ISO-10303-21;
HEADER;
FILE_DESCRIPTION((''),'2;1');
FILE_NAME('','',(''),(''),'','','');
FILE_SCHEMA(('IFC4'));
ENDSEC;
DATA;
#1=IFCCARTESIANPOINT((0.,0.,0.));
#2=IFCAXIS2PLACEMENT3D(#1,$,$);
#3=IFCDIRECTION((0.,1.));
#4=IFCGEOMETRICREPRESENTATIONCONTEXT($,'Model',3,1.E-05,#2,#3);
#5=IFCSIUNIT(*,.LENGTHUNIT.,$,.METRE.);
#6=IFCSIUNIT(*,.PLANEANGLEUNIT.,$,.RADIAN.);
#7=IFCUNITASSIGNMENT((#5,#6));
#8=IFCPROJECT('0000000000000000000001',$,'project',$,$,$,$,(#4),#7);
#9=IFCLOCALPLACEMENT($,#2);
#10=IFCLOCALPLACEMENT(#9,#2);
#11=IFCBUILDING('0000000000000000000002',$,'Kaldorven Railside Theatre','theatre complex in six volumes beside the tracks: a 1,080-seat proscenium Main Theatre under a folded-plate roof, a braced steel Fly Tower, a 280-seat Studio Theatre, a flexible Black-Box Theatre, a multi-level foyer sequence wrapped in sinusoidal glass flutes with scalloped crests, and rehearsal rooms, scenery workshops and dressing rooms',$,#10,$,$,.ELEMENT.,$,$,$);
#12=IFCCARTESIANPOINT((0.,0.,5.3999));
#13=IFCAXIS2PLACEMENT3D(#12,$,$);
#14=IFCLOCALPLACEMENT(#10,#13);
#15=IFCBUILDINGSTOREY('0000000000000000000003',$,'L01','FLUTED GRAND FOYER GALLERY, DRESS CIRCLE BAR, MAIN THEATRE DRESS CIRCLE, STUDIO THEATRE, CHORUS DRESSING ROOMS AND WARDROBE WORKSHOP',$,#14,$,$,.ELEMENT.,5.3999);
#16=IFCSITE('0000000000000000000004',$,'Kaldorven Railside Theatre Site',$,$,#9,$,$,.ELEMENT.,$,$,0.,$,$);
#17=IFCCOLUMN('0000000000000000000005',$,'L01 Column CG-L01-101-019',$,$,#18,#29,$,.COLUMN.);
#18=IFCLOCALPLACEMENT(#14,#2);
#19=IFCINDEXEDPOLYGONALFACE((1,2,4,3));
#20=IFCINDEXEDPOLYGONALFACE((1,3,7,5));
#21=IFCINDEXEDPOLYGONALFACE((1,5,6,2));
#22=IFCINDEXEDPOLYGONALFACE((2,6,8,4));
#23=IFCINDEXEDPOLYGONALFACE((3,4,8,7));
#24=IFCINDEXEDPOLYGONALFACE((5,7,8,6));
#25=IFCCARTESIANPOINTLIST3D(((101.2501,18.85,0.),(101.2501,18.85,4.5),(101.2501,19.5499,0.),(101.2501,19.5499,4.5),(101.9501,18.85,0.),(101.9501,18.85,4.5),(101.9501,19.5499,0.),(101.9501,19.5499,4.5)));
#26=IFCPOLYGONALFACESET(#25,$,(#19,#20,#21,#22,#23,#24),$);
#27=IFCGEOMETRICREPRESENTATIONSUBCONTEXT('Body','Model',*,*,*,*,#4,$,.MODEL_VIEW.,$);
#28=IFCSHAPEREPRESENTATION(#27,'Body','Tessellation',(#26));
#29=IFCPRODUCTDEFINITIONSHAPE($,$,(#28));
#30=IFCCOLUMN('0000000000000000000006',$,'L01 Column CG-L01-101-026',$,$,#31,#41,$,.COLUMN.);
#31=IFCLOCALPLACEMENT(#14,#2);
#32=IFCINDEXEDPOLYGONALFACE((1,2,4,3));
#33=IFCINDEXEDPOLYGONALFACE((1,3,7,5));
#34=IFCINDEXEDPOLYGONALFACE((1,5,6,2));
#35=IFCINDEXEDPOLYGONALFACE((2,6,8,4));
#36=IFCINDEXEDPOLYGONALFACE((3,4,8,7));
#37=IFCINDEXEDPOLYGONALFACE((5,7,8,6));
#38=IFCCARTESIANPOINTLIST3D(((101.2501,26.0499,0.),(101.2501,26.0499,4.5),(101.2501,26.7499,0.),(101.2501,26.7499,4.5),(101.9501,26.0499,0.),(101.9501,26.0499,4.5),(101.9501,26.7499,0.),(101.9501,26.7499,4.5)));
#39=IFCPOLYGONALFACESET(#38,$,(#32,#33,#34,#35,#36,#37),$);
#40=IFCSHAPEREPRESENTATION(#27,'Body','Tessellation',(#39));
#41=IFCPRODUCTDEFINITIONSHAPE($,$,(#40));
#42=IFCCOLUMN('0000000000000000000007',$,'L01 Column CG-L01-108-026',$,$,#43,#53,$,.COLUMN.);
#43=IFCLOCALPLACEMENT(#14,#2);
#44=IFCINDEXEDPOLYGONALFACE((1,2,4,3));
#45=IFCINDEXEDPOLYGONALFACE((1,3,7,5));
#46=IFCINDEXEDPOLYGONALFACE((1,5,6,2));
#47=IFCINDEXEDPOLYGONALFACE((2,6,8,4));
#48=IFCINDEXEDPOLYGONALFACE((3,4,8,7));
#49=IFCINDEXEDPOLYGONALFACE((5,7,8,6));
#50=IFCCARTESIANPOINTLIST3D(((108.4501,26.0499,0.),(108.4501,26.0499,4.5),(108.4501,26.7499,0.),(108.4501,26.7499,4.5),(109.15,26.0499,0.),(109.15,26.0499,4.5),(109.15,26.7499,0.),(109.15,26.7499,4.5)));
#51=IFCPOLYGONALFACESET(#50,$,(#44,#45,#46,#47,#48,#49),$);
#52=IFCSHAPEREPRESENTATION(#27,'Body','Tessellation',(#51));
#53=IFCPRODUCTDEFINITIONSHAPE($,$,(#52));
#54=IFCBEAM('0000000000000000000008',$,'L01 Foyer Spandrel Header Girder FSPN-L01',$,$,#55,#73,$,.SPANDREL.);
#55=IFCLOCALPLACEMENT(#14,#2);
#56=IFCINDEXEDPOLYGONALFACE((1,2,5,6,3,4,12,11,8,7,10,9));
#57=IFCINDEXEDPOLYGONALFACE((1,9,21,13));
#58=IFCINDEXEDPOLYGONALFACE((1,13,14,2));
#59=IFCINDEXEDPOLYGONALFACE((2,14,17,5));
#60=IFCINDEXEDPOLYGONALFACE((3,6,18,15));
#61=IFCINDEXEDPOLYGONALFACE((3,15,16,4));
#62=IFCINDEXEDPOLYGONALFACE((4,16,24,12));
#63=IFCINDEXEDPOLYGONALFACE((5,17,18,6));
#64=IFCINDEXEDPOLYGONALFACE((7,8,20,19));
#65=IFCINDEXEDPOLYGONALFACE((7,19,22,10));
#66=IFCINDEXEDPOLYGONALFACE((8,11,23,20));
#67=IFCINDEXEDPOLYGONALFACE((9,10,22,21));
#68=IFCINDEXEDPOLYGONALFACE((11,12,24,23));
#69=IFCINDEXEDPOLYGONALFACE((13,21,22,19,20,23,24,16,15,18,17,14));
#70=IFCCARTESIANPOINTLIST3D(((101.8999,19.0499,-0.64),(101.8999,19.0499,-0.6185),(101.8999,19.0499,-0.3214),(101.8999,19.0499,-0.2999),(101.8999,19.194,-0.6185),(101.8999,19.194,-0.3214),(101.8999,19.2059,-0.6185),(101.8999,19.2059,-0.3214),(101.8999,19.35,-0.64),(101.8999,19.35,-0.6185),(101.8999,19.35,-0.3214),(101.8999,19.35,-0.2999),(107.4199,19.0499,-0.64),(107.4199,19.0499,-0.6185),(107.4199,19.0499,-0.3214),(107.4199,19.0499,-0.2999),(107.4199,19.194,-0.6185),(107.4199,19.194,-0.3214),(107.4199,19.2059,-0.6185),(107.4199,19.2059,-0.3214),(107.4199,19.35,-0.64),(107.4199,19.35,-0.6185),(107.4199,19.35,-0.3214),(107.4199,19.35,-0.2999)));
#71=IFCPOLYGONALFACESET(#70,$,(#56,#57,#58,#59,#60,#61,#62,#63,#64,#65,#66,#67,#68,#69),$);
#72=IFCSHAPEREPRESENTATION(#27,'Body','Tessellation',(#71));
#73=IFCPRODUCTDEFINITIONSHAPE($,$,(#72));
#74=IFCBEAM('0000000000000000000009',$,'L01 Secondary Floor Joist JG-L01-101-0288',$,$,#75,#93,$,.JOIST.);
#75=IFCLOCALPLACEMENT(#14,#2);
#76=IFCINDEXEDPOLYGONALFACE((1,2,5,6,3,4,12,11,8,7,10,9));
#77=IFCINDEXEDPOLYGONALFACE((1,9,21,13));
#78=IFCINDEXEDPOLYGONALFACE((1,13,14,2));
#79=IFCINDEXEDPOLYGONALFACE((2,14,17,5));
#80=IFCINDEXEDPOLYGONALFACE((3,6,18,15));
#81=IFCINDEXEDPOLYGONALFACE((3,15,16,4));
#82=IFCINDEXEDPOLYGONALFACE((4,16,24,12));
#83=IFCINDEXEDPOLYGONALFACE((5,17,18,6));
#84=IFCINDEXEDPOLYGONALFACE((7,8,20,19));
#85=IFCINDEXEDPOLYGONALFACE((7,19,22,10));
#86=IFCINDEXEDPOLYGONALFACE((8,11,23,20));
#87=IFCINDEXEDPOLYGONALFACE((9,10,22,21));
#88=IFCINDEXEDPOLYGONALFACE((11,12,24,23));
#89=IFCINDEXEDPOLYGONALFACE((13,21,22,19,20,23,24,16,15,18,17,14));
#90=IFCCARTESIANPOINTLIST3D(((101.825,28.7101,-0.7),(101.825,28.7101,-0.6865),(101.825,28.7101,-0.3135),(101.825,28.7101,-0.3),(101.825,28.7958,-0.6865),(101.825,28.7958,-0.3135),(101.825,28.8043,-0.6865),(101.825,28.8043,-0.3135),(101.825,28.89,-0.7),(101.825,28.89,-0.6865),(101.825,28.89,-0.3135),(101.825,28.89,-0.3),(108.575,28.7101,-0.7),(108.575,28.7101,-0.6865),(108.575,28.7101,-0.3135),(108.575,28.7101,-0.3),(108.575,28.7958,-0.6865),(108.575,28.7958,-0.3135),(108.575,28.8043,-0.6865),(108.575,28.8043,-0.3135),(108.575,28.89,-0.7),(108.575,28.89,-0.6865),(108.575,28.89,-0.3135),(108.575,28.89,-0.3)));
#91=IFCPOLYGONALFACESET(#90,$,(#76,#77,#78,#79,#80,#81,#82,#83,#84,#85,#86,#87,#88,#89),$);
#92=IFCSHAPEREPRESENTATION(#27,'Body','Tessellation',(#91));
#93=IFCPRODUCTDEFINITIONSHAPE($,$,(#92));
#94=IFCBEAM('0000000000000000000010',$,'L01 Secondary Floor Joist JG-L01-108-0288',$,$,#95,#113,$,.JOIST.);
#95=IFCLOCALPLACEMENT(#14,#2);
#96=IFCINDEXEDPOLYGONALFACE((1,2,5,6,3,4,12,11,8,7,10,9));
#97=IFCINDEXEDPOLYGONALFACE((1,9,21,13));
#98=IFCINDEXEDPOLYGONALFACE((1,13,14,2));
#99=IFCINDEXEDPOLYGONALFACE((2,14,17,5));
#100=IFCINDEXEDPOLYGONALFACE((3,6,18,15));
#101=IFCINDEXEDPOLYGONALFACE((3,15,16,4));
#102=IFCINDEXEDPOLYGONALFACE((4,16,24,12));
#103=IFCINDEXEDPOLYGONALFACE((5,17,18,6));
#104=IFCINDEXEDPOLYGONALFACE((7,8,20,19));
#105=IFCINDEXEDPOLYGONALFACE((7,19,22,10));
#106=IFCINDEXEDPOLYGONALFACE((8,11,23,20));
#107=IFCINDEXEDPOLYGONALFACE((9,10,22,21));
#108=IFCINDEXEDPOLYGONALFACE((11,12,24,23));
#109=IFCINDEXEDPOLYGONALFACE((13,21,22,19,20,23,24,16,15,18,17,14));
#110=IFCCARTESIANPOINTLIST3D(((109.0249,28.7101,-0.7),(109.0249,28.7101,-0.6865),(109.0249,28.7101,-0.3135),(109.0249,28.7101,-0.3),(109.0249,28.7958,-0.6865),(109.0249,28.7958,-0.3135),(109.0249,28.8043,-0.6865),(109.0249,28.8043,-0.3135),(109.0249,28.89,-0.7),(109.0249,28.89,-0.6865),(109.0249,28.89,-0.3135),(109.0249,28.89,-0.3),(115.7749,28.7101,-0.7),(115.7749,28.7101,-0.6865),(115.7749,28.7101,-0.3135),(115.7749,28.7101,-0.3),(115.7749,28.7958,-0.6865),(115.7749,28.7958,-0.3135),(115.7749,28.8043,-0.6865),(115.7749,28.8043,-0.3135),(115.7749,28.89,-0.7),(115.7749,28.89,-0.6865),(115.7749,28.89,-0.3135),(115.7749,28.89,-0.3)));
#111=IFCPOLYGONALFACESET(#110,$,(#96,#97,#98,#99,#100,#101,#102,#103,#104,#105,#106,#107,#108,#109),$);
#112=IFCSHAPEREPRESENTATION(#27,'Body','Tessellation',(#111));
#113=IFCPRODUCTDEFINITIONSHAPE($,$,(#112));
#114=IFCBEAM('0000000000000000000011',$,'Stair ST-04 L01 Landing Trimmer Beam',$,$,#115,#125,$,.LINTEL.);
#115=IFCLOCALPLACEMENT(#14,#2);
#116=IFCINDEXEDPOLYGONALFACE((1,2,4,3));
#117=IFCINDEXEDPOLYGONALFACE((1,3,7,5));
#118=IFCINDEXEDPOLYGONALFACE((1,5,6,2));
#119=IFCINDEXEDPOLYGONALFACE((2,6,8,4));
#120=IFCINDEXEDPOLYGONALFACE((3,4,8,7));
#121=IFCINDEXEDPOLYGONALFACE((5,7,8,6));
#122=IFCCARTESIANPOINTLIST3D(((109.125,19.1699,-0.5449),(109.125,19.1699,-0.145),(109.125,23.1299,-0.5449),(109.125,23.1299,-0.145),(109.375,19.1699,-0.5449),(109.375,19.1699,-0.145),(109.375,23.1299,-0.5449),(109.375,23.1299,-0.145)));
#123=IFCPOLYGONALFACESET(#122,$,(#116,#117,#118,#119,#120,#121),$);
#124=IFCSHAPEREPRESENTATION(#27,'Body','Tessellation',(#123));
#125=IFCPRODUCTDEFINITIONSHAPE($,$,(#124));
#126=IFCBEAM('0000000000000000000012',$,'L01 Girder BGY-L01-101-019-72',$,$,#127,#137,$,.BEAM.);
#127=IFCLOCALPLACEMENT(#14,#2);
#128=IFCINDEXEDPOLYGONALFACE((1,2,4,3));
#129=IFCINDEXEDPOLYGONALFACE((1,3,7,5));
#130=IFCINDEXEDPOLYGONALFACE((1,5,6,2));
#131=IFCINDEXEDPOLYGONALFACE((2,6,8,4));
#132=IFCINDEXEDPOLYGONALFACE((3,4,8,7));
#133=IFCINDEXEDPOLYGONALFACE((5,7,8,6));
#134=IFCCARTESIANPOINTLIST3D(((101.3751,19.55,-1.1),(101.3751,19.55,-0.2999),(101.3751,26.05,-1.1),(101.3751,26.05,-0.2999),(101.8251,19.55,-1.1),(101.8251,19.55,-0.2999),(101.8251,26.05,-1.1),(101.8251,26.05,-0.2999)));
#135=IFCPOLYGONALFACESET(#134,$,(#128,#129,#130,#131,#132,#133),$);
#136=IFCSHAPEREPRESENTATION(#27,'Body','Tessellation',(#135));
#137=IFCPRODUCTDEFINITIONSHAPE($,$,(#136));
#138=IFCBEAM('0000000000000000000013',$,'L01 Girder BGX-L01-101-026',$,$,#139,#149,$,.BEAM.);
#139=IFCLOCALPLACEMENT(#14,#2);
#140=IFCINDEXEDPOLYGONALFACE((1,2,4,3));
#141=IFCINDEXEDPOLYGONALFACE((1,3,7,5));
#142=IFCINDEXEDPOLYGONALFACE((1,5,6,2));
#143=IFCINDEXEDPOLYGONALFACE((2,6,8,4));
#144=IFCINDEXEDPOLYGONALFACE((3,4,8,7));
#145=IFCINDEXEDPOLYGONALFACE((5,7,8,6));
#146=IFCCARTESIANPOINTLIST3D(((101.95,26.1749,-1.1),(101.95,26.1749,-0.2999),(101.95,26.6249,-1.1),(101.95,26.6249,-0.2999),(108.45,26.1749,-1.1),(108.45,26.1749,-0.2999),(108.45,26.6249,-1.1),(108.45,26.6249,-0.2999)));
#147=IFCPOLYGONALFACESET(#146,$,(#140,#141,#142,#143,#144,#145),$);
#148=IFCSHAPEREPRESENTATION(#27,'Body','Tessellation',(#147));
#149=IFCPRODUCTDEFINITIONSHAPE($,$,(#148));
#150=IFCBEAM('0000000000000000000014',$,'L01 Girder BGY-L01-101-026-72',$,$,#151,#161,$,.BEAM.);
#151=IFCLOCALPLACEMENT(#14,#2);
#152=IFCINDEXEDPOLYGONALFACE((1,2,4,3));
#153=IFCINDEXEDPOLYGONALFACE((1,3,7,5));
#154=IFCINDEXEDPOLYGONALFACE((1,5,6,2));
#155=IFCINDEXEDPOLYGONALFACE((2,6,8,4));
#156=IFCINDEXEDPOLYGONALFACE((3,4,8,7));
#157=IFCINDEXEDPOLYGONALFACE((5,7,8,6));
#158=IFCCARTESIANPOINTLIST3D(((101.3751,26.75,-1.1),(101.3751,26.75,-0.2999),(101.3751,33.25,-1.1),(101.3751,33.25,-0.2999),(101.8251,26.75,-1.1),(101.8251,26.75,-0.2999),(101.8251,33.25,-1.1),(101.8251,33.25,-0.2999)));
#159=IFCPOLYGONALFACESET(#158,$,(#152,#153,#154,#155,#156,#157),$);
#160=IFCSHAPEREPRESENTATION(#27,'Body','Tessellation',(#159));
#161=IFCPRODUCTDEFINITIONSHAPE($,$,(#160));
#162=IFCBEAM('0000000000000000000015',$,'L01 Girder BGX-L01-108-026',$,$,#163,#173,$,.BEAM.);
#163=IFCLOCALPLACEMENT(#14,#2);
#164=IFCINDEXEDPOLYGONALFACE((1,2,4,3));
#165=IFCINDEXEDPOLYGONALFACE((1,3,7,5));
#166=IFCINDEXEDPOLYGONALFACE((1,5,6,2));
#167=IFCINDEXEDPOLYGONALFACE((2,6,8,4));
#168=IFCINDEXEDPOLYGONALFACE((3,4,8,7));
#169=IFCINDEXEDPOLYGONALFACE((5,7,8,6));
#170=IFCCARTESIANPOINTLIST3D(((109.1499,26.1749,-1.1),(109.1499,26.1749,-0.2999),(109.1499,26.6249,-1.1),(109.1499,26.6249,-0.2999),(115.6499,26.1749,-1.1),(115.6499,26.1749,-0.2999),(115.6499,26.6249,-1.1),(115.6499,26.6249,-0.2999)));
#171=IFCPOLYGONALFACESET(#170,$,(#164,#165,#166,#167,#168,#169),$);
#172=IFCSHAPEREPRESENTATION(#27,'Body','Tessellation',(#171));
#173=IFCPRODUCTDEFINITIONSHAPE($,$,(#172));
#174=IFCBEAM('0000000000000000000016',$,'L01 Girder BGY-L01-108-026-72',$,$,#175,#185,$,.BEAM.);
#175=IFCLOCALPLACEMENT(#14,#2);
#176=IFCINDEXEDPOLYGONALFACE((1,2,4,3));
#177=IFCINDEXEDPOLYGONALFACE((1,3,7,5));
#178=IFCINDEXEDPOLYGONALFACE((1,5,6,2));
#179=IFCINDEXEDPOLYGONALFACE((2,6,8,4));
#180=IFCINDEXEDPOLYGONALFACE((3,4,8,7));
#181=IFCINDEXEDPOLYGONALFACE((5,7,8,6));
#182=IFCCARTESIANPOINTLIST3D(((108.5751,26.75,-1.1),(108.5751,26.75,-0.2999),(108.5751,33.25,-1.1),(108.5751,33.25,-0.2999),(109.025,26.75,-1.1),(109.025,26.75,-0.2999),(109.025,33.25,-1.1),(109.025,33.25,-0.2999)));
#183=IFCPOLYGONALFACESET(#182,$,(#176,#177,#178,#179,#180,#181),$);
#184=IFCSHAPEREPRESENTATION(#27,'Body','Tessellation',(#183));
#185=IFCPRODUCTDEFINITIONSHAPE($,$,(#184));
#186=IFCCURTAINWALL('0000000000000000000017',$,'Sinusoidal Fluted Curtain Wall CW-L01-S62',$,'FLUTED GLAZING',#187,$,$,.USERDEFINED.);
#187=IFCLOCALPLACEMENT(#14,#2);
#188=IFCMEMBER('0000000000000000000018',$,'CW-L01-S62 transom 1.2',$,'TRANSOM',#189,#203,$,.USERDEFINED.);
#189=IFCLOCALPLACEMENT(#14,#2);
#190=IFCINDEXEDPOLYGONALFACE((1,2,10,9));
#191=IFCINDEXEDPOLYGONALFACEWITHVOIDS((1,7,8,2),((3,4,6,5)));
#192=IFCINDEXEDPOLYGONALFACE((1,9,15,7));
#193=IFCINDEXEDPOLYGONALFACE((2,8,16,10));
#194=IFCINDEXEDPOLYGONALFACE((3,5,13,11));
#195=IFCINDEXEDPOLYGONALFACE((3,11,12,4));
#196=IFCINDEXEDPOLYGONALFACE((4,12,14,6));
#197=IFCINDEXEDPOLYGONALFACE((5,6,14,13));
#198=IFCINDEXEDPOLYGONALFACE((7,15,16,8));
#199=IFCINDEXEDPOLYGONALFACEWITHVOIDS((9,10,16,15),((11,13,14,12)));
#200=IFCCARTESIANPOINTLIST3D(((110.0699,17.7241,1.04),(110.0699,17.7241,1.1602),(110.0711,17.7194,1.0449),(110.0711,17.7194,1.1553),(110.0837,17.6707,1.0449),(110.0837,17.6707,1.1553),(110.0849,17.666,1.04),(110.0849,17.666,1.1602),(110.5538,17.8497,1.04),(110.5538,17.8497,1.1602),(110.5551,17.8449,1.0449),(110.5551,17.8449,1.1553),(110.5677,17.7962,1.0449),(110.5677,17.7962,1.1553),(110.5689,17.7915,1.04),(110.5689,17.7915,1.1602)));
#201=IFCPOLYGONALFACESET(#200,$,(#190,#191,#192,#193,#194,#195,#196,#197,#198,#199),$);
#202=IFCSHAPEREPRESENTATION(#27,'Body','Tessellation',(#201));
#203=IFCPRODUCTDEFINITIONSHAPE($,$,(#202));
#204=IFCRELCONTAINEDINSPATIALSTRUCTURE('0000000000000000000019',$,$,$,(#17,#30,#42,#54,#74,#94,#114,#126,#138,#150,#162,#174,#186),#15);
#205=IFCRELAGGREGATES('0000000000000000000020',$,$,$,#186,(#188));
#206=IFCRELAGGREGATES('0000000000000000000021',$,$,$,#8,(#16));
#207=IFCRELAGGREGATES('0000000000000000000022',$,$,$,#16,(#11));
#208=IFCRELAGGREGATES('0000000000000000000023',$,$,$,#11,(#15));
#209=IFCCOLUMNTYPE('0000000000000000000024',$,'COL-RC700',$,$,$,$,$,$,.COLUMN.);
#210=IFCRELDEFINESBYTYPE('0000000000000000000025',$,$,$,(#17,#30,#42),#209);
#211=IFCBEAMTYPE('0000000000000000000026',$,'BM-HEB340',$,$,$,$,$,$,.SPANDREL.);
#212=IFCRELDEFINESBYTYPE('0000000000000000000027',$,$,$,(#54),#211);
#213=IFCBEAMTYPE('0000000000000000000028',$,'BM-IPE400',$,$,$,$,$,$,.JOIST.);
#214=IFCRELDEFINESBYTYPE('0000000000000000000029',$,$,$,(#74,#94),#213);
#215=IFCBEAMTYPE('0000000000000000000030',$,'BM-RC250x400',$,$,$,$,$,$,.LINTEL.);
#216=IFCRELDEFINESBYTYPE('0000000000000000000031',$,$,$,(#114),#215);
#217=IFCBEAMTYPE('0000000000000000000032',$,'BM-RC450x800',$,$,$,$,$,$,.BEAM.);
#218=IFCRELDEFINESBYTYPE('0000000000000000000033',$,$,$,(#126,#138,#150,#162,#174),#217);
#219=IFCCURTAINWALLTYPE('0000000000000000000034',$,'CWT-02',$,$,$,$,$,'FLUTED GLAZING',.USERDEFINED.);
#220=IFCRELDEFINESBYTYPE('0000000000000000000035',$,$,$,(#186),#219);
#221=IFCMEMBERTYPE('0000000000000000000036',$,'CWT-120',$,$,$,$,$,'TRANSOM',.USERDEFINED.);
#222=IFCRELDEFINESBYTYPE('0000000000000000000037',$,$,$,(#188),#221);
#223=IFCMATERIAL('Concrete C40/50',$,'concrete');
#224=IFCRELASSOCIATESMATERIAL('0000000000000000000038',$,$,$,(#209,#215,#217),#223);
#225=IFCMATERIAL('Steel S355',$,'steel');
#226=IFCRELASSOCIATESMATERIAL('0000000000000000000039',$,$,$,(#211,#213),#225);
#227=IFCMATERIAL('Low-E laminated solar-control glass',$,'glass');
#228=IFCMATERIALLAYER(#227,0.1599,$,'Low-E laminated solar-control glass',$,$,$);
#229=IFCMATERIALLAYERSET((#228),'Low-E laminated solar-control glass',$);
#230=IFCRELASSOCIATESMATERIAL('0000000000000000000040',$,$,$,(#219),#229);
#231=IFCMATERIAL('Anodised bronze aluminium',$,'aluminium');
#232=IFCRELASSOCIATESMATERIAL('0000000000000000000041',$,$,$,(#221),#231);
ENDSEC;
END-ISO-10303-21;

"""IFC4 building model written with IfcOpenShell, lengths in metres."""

from ifc_helpers import new_model, si_unit, direction, frame, origin, origin_2d, place, context, subcontext, project, spatial, rectangle, hollow_rectangle, i_section, extrude, material, layer, layer_set, material_profile, profile_set, type_object, element, aggregate, save


model = new_model("IFC4")

# Units and contexts
model_context = context("Model", 3, precision=1e-05, world=origin(), true_north=direction((0.0, 1.0)))
body_context = subcontext(model_context, "Body", "Model", "MODEL_VIEW")
ifc_project = project(units=[si_unit("LENGTHUNIT", "METRE"), si_unit("PLANEANGLEUNIT", "RADIAN")], contexts=[model_context])

# Site, building, storey
site_placement = place(None, origin())
site = spatial("IfcSite", under=ifc_project, at=site_placement, Name="Kaldorven Railside Theatre Site", CompositionType="ELEMENT", RefElevation=0.0)
building_placement = place(site_placement, origin())
building = spatial("IfcBuilding", under=site, at=building_placement, Name="Kaldorven Railside Theatre", Description="theatre complex in six volumes beside the tracks: a 1,080-seat proscenium Main Theatre under a folded-plate roof, a braced steel Fly Tower, a 280-seat Studio Theatre, a flexible Black-Box Theatre, a multi-level foyer sequence wrapped in sinusoidal glass flutes with scalloped crests, and rehearsal rooms, scenery workshops and dressing rooms", CompositionType="ELEMENT")
storey_placement = place(building_placement, frame((0.0, 0.0, 5.3999)))
storey = spatial("IfcBuildingStorey", under=building, at=storey_placement, Name="L01", Description="FLUTED GRAND FOYER GALLERY, DRESS CIRCLE BAR, MAIN THEATRE DRESS CIRCLE, STUDIO THEATRE, CHORUS DRESSING ROOMS AND WARDROBE WORKSHOP", CompositionType="ELEMENT", Elevation=5.3999)

# Columns
ifc_material_1 = material(Name="Concrete C40/50", Category="concrete")
ifc_material_profile_1 = material_profile(ifc_material_1, rectangle(XDim=0.7, YDim=0.7, at=origin_2d()), Name="RC 700x700")
ifc_profile_set_1 = profile_set([ifc_material_profile_1], Name="Concrete C40/50")
column_type = type_object("IfcColumnType", Name="COL-RC700", PredefinedType="COLUMN", material=ifc_profile_set_1)
for number, where, z_axis, x_axis, name in (
    (1, (101.6001, 19.2, 0.0), (0.0, 0.0, 1.0), (1.0, 0.0, 0.0), "L01 Column CG-L01-101-019"),
    (2, (101.6001, 26.3999, 0.0), (0.0, 0.0, 1.0), (1.0, 0.0, 0.0), "L01 Column CG-L01-101-026"),
    (3, (108.8, 26.3999, 0.0), (0.0, 0.0, 1.0), (0.0, 1.0, 0.0), "L01 Column CG-L01-108-026"),
):
    element("IfcColumn", number, at=place(storey_placement, frame(where, z_axis=z_axis, x_axis=x_axis)), inside=storey, type_object=column_type, Name=name, PredefinedType="COLUMN", context=body_context, shape_type="SweptSolid", body=[
        extrude(rectangle(XDim=0.7, YDim=0.7, at=origin_2d()), origin(), (0.0, 0.0, 1.0), 4.5),
    ])

# Beams
ifc_material_2 = material(Name="Steel S355", Category="steel")
ifc_material_profile_2 = material_profile(ifc_material_2, i_section(OverallWidth=0.3, OverallDepth=0.3401, WebThickness=0.012, FlangeThickness=0.0215, at=origin_2d()), Name="HEB 340")
ifc_profile_set_2 = profile_set([ifc_material_profile_2], Name="Steel S355")
beam_type_1 = type_object("IfcBeamType", Name="BM-HEB340", PredefinedType="SPANDREL", material=ifc_profile_set_2)
beam_1_placement = place(storey_placement, frame((101.8999, 19.2, -0.47), z_axis=(1.0, 0.0, 0.0), x_axis=(0.0, 1.0, 0.0)))
element("IfcBeam", 4, at=beam_1_placement, inside=storey, type_object=beam_type_1, Name="L01 Foyer Spandrel Header Girder FSPN-L01", PredefinedType="SPANDREL", context=body_context, shape_type="SweptSolid", body=[
    extrude(i_section(OverallWidth=0.3, OverallDepth=0.3401, WebThickness=0.012, FlangeThickness=0.0215, at=origin_2d()), origin(), (0.0, 0.0, 1.0), 5.52),
])
ifc_material_profile_3 = material_profile(ifc_material_2, i_section(OverallWidth=0.1799, OverallDepth=0.3999, WebThickness=0.0085, FlangeThickness=0.0134, at=origin_2d()), Name="IPE 400")
ifc_profile_set_3 = profile_set([ifc_material_profile_3], Name="Steel S355")
beam_type_2 = type_object("IfcBeamType", Name="BM-IPE400", PredefinedType="JOIST", material=ifc_profile_set_3)
for number, where, z_axis, x_axis, name in (
    (5, (101.825, 28.8, -0.5), (1.0, 0.0, 0.0), (0.0, 1.0, 0.0), "L01 Secondary Floor Joist JG-L01-101-0288"),
    (6, (109.0249, 28.8, -0.5), (1.0, 0.0, 0.0), (0.0, 1.0, 0.0), "L01 Secondary Floor Joist JG-L01-108-0288"),
):
    element("IfcBeam", number, at=place(storey_placement, frame(where, z_axis=z_axis, x_axis=x_axis)), inside=storey, type_object=beam_type_2, Name=name, PredefinedType="JOIST", context=body_context, shape_type="SweptSolid", body=[
        extrude(i_section(OverallWidth=0.1799, OverallDepth=0.3999, WebThickness=0.0085, FlangeThickness=0.0134, at=origin_2d()), origin(), (0.0, 0.0, 1.0), 6.75),
    ])
ifc_material_profile_4 = material_profile(ifc_material_1, rectangle(XDim=0.25, YDim=0.3999, at=origin_2d()), Name="RC 250x400")
ifc_profile_set_4 = profile_set([ifc_material_profile_4], Name="Concrete C40/50")
beam_type_3 = type_object("IfcBeamType", Name="BM-RC250x400", PredefinedType="LINTEL", material=ifc_profile_set_4)
beam_2_placement = place(storey_placement, frame((109.25, 19.1699, -0.345), z_axis=(0.0, 1.0, 0.0), x_axis=(-1.0, 0.0, 0.0)))
element("IfcBeam", 7, at=beam_2_placement, inside=storey, type_object=beam_type_3, Name="Stair ST-04 L01 Landing Trimmer Beam", PredefinedType="LINTEL", context=body_context, shape_type="SweptSolid", body=[
    extrude(rectangle(XDim=0.25, YDim=0.3999, at=origin_2d()), origin(), (0.0, 0.0, 1.0), 3.96),
])
ifc_material_profile_5 = material_profile(ifc_material_1, rectangle(XDim=0.45, YDim=0.8, at=origin_2d()), Name="RC 450x800")
ifc_profile_set_5 = profile_set([ifc_material_profile_5], Name="Concrete C40/50")
beam_type_4 = type_object("IfcBeamType", Name="BM-RC450x800", PredefinedType="BEAM", material=ifc_profile_set_5)
for number, where, z_axis, x_axis, name in (
    (8, (101.6001, 19.55, -0.7), (0.0, 1.0, 0.0), (-1.0, 0.0, 0.0), "L01 Girder BGY-L01-101-019-72"),
    (9, (101.95, 26.3999, -0.7), (1.0, 0.0, 0.0), (0.0, 1.0, 0.0), "L01 Girder BGX-L01-101-026"),
    (10, (101.6001, 26.75, -0.7), (0.0, 1.0, 0.0), (-1.0, 0.0, 0.0), "L01 Girder BGY-L01-101-026-72"),
    (11, (109.1499, 26.3999, -0.7), (1.0, 0.0, 0.0), (0.0, 1.0, 0.0), "L01 Girder BGX-L01-108-026"),
    (12, (108.8, 26.75, -0.7), (0.0, 1.0, 0.0), (-1.0, 0.0, 0.0), "L01 Girder BGY-L01-108-026-72"),
):
    element("IfcBeam", number, at=place(storey_placement, frame(where, z_axis=z_axis, x_axis=x_axis)), inside=storey, type_object=beam_type_4, Name=name, PredefinedType="BEAM", context=body_context, shape_type="SweptSolid", body=[
        extrude(rectangle(XDim=0.45, YDim=0.8, at=origin_2d()), origin(), (0.0, 0.0, 1.0), 6.5),
    ])

# Curtain wall, member
ifc_material_3 = material(Name="Low-E laminated solar-control glass", Category="glass")
ifc_layer_1 = layer(ifc_material_3, 0.1599, Name="Low-E laminated solar-control glass")
ifc_layer_set_1 = layer_set([ifc_layer_1], Name="Low-E laminated solar-control glass")
curtain_wall_type = type_object("IfcCurtainWallType", Name="CWT-02", ElementType="FLUTED GLAZING", PredefinedType="USERDEFINED", material=ifc_layer_set_1)
curtain_wall_placement = place(storey_placement, origin())
curtain_wall = element("IfcCurtainWall", 13, at=curtain_wall_placement, inside=storey, type_object=curtain_wall_type, Name="Sinusoidal Fluted Curtain Wall CW-L01-S62", ObjectType="FLUTED GLAZING", PredefinedType="USERDEFINED")
ifc_material_4 = material(Name="Anodised bronze aluminium", Category="aluminium")
ifc_material_profile_6 = material_profile(ifc_material_4, hollow_rectangle(XDim=0.0601, YDim=0.1201, WallThickness=0.0049, at=origin_2d()), Name="RHS 120x60x5")
ifc_profile_set_6 = profile_set([ifc_material_profile_6], Name="Anodised bronze aluminium")
member_type = type_object("IfcMemberType", Name="CWT-120", ElementType="TRANSOM", PredefinedType="USERDEFINED", material=ifc_profile_set_6)
member_1_placement = place(storey_placement, frame((110.0774, 17.6951, 1.1001), z_axis=(0.967979, 0.25103, 0.0), x_axis=(-0.25103, 0.967979, 0.0)))
member_1 = element("IfcMember", 14, at=member_1_placement, type_object=member_type, Name="CW-L01-S62 transom 1.2", ObjectType="TRANSOM", PredefinedType="USERDEFINED", context=body_context, shape_type="SweptSolid", body=[
    extrude(hollow_rectangle(XDim=0.0601, YDim=0.1201, WallThickness=0.0049, at=origin_2d()), origin(), (0.0, 0.0, 1.0), 0.5),
])
aggregate(curtain_wall, [member_1])

save(model, "model.ifc")
